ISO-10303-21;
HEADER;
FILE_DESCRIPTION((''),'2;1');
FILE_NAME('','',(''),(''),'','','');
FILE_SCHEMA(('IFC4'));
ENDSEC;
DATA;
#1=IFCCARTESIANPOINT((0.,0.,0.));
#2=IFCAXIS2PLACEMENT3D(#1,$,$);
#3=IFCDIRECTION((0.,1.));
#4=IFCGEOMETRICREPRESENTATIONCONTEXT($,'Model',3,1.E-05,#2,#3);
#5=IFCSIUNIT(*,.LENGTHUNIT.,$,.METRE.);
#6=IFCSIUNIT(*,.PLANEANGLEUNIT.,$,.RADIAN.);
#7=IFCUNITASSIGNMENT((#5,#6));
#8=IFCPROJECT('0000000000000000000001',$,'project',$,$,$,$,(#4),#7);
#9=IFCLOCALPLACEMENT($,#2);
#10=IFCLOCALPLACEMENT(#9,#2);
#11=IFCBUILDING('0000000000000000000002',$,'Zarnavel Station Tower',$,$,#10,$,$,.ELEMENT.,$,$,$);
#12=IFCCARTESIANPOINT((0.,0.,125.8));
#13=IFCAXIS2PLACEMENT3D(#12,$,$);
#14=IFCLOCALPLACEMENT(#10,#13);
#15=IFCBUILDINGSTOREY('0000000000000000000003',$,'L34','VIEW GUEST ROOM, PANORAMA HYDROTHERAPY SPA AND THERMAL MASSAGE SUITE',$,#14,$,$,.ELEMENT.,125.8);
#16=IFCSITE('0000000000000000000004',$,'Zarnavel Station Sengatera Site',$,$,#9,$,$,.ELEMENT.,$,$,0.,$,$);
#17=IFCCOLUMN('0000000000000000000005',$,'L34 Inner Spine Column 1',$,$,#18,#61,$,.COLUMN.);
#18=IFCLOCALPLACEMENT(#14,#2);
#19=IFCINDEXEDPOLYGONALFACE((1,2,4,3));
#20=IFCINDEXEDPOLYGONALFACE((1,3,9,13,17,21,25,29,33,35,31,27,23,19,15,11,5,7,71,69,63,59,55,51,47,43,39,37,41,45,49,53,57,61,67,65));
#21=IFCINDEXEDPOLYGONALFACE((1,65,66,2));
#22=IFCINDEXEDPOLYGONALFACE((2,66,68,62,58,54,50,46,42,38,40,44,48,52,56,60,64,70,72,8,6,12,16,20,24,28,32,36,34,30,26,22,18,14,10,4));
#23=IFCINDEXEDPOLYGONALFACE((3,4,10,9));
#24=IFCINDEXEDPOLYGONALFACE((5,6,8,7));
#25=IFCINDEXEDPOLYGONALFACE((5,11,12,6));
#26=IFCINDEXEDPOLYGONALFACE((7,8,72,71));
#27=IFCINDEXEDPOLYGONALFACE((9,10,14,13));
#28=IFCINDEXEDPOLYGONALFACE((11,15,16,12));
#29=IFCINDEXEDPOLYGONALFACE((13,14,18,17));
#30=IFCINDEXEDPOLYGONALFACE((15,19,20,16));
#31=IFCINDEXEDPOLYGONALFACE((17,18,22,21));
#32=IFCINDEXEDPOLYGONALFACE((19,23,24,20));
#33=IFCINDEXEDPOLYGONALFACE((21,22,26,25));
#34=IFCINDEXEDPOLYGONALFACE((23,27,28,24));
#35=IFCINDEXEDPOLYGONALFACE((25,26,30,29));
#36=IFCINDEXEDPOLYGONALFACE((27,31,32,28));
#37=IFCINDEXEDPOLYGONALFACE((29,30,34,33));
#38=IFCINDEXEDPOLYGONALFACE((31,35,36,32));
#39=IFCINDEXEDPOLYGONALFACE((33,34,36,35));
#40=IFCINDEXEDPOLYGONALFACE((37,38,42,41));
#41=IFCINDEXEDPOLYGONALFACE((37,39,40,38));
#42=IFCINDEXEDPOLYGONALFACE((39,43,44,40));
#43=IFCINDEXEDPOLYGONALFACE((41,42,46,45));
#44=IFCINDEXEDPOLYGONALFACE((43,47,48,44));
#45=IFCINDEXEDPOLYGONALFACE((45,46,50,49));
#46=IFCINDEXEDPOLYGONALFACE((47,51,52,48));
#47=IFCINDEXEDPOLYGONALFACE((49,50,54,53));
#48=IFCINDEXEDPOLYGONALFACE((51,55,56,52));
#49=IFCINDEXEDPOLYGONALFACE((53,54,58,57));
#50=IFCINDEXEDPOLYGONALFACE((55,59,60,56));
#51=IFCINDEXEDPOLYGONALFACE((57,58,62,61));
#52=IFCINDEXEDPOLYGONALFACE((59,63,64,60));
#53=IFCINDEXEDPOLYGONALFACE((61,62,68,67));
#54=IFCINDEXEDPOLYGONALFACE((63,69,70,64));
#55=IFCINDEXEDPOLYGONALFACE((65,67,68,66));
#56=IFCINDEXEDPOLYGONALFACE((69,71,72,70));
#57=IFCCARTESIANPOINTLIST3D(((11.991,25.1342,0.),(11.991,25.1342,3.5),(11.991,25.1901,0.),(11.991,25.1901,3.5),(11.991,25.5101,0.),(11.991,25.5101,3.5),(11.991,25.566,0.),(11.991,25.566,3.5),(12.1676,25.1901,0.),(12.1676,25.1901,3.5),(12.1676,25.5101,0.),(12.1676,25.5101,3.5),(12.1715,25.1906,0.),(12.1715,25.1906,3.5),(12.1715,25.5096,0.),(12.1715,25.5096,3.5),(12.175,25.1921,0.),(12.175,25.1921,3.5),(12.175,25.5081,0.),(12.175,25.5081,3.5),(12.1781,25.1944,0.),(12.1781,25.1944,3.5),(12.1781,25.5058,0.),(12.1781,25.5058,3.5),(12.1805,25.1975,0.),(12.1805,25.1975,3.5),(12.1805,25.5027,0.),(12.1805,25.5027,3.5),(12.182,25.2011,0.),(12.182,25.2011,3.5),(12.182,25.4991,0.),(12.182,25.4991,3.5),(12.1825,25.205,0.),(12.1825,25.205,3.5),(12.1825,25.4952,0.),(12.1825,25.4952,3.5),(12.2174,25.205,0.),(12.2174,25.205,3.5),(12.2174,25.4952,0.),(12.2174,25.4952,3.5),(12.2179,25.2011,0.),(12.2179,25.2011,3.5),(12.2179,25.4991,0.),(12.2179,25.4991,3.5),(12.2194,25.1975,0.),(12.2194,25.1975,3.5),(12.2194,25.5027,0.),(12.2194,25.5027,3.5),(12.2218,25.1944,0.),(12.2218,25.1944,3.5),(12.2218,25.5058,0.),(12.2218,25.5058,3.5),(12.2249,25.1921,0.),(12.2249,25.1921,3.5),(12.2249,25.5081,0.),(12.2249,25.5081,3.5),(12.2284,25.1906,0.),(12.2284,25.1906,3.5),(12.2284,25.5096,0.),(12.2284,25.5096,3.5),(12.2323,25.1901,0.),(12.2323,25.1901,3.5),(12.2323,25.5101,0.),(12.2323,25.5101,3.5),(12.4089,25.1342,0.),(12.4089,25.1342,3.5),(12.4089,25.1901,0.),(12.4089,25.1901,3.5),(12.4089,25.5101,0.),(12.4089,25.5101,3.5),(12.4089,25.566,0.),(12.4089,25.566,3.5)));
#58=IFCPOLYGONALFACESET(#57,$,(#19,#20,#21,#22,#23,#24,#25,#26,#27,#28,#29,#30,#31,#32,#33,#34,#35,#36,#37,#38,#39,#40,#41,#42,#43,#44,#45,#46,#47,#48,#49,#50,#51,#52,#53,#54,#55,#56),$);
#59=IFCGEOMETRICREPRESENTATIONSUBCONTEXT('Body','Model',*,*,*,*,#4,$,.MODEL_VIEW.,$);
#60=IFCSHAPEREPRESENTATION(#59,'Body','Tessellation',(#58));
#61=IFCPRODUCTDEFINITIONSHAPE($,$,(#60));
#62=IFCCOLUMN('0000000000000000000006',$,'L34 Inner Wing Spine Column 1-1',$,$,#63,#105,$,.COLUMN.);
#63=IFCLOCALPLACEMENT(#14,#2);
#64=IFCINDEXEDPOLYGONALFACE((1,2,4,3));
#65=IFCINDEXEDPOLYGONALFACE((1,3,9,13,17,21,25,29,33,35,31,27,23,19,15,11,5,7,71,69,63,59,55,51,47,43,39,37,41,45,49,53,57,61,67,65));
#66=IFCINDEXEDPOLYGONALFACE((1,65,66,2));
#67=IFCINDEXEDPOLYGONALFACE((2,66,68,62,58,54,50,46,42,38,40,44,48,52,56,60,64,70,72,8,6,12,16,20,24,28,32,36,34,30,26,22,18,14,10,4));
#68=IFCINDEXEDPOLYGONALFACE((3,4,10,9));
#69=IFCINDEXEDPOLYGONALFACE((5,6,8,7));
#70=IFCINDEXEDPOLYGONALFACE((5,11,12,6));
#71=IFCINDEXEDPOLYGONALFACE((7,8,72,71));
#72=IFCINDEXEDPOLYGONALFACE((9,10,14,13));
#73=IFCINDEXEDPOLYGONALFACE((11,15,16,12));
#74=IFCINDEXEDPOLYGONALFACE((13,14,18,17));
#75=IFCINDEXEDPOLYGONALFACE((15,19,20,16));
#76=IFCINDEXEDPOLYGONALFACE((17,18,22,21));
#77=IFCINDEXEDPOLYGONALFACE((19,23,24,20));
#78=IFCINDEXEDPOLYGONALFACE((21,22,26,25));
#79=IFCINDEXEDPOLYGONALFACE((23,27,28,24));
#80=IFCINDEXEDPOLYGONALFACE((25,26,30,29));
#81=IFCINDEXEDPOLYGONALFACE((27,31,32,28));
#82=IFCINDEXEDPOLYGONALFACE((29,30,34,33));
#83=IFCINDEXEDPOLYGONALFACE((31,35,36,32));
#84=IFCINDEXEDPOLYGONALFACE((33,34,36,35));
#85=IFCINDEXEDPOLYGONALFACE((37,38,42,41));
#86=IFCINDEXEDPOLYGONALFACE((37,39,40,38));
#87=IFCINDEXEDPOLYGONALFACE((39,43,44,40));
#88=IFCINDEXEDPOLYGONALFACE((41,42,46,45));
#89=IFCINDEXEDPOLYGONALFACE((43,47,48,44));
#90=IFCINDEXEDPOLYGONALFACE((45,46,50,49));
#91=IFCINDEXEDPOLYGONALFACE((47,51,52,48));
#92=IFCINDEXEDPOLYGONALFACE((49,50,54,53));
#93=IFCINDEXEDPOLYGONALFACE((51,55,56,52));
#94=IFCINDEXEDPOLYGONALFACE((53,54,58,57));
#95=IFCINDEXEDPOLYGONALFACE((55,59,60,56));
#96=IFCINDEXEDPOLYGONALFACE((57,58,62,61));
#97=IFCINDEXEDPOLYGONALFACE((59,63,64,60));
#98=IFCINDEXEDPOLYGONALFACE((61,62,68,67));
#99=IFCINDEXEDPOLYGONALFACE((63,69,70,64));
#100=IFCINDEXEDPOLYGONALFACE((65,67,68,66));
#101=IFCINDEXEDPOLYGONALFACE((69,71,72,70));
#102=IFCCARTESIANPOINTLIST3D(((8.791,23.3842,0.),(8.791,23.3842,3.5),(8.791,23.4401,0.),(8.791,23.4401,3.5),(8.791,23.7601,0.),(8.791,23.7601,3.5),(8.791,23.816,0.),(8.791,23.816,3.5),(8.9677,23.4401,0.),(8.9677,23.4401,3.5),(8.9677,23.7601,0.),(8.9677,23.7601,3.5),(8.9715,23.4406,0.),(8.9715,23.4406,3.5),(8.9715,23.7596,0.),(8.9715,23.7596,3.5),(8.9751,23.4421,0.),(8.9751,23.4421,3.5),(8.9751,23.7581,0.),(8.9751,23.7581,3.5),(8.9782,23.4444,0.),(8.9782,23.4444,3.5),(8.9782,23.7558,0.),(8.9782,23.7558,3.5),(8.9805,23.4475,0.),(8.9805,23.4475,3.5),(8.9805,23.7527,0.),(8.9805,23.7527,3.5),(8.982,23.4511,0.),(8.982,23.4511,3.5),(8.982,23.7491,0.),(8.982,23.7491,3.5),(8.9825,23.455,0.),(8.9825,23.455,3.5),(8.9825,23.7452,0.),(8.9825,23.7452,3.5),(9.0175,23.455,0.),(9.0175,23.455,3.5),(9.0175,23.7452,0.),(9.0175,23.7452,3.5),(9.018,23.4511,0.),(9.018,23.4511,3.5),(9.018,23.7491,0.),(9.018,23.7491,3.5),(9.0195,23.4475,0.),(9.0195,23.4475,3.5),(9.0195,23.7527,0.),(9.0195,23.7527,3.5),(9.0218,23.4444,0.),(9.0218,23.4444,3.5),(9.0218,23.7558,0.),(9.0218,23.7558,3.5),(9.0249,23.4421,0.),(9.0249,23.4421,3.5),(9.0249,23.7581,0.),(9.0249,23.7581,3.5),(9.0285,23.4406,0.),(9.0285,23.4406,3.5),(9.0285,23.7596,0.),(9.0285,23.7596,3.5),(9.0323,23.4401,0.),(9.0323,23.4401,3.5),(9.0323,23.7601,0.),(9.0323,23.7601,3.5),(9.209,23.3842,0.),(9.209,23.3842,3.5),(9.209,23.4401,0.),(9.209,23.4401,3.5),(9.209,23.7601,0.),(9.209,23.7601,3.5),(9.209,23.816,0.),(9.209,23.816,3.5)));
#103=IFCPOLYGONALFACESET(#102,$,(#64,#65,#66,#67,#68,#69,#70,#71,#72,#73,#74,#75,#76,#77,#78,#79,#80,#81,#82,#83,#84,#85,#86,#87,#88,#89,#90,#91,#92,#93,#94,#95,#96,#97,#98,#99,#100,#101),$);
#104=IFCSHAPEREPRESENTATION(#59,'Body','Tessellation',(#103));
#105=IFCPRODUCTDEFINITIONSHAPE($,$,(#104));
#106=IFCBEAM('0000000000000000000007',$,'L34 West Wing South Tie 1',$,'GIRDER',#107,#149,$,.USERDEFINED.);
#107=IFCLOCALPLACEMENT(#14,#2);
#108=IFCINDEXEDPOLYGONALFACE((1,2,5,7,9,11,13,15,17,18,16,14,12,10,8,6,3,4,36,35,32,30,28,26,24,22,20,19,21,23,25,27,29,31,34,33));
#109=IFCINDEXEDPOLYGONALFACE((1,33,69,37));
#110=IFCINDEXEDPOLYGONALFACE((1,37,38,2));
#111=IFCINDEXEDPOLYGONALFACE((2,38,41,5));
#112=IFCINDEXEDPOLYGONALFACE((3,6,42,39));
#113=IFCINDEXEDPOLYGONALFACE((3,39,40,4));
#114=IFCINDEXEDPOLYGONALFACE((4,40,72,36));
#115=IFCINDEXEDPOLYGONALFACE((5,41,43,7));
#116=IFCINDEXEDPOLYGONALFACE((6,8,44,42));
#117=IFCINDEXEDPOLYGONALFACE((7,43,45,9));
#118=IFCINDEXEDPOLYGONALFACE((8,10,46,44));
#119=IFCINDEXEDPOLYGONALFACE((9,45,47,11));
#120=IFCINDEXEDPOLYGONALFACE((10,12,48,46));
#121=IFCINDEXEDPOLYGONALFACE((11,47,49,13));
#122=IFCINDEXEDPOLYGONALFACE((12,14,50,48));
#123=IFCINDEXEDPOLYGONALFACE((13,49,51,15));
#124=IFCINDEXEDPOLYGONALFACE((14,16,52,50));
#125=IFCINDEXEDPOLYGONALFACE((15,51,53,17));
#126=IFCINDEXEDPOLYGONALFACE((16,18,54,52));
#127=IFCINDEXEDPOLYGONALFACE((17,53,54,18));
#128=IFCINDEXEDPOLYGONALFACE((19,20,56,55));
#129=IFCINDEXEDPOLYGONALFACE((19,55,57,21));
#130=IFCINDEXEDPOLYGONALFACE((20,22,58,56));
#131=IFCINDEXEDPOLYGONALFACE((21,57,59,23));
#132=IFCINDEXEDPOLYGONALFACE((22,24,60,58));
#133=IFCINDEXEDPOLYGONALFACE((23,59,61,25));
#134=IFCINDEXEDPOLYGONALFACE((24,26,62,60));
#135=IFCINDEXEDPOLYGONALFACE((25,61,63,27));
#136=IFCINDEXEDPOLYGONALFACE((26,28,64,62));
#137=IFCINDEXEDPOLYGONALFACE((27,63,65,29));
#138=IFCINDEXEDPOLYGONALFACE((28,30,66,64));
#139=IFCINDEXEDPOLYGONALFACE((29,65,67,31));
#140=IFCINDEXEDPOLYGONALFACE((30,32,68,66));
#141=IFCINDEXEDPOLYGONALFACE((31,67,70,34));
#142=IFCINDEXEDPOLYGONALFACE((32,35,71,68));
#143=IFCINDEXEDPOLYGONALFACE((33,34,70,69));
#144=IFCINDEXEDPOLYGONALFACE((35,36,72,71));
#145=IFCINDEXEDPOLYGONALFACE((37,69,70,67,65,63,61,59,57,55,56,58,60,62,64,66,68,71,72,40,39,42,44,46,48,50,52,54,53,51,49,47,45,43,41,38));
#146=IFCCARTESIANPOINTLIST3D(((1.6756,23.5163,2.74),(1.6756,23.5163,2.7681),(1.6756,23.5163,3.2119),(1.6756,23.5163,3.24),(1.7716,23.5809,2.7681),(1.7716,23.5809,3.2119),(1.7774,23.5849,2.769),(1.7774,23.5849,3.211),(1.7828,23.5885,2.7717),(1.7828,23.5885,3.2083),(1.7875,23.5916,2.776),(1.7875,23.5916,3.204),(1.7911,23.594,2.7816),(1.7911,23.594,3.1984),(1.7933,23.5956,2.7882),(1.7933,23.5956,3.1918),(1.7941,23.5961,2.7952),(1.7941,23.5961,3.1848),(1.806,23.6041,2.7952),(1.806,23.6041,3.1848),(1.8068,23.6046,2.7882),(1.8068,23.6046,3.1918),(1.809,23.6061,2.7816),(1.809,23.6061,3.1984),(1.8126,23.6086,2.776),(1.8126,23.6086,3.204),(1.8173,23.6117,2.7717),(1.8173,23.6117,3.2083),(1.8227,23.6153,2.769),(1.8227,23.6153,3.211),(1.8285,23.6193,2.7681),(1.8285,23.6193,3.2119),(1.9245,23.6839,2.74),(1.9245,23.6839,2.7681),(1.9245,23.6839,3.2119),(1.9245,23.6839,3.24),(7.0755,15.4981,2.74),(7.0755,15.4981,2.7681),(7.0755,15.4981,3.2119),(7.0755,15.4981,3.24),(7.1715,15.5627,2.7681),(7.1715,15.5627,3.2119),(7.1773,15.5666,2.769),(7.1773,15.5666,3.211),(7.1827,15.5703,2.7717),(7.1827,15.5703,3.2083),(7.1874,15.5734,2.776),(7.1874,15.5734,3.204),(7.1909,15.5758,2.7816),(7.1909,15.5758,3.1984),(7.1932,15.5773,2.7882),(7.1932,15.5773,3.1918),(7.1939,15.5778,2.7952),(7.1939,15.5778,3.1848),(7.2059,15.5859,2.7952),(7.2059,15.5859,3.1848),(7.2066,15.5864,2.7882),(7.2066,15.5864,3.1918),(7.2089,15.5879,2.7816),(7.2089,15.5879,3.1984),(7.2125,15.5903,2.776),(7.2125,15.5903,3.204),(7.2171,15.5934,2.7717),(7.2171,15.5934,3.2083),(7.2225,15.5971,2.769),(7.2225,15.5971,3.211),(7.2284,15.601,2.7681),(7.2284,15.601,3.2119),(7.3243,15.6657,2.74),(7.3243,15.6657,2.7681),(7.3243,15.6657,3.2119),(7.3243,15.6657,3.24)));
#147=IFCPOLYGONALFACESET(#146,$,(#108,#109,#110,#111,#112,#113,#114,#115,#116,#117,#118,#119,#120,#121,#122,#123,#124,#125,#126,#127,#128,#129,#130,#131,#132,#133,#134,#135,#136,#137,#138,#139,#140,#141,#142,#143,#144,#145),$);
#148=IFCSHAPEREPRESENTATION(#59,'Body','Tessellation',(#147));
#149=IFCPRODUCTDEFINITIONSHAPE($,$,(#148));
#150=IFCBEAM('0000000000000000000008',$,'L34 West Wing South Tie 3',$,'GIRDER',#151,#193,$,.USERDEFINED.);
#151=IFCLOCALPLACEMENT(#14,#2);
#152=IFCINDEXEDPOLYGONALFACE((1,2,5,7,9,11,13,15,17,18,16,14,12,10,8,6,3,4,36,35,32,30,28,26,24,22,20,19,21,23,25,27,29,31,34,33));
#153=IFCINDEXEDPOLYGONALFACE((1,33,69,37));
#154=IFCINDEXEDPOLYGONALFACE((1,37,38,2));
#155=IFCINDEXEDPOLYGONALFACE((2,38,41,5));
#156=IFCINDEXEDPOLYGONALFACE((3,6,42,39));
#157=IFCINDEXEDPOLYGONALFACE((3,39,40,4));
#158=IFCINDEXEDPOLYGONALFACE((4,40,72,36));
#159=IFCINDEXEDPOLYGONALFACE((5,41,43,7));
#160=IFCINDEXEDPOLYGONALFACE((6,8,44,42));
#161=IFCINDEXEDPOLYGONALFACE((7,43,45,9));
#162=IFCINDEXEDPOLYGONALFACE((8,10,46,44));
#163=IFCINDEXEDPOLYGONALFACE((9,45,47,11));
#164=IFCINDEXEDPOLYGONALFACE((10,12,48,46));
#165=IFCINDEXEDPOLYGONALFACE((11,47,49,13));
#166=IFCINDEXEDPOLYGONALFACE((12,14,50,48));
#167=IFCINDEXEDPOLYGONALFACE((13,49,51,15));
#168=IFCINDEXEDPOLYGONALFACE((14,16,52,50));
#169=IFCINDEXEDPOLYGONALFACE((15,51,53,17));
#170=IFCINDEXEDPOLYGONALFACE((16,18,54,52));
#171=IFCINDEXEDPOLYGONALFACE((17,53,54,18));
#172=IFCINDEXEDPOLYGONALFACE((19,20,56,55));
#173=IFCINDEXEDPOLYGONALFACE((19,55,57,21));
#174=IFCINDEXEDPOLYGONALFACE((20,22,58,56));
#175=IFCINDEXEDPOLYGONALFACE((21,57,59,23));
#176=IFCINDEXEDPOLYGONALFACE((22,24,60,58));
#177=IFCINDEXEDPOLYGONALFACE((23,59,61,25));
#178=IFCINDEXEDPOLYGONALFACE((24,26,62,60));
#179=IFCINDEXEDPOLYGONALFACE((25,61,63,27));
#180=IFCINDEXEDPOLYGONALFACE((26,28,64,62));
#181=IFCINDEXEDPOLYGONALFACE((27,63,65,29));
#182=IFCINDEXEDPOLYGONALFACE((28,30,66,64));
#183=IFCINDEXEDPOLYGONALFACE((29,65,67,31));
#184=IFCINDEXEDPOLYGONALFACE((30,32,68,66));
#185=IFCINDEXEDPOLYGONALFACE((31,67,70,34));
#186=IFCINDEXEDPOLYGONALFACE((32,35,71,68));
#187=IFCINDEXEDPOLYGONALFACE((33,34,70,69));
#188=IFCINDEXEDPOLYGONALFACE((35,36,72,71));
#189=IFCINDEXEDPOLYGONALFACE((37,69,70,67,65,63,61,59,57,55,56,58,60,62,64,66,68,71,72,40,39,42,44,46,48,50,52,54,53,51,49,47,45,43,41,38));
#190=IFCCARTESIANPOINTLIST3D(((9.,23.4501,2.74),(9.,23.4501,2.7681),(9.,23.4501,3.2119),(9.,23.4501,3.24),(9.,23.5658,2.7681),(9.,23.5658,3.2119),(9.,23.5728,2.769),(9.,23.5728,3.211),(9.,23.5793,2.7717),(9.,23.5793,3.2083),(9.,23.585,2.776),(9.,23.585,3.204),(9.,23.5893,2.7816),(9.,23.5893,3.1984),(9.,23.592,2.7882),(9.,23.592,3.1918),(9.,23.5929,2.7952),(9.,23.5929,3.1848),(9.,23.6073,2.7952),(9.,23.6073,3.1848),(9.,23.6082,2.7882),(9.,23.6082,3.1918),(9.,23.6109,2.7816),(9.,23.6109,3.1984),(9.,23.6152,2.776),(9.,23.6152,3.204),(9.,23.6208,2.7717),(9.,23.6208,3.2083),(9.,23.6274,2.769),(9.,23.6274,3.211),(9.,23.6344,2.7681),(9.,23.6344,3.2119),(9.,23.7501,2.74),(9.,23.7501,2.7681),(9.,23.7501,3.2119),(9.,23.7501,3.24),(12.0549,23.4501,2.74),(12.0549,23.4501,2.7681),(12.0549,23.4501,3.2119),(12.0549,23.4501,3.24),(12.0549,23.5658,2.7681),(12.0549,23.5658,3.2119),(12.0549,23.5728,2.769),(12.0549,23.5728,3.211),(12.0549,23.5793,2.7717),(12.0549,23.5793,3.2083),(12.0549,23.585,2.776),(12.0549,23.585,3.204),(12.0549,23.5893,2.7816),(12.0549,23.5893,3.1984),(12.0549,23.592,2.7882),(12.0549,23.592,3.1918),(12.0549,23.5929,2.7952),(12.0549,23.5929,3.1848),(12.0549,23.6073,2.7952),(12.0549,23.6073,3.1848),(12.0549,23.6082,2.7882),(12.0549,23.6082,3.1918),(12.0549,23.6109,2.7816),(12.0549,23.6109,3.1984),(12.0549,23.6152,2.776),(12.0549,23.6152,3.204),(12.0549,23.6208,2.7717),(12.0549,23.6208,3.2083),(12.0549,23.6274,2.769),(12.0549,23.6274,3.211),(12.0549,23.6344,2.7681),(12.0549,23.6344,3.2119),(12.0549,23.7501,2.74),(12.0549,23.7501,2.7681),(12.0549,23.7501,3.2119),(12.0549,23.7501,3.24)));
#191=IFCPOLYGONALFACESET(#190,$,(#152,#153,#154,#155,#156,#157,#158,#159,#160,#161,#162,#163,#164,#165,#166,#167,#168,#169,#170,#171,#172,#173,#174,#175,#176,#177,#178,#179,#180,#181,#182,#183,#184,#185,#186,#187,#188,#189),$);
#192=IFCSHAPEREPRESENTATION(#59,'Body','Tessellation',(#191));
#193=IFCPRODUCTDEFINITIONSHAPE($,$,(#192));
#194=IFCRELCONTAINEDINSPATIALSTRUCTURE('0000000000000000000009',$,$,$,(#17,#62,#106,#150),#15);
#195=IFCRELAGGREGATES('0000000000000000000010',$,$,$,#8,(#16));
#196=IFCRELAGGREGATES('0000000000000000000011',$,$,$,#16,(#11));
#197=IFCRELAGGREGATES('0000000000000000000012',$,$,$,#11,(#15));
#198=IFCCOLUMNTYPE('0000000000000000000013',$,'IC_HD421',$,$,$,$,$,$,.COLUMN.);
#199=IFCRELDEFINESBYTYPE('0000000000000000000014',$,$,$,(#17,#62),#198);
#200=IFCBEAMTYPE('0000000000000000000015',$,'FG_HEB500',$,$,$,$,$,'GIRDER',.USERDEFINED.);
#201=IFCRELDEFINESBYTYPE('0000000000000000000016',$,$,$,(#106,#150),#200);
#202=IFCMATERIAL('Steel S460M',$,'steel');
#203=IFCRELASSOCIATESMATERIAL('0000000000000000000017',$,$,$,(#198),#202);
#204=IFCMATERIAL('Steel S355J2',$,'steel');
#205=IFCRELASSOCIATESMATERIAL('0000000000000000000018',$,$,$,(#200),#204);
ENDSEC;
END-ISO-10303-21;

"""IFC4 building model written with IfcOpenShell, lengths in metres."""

from ifc_helpers import new_model, si_unit, direction, frame, origin, origin_2d, place, context, subcontext, project, spatial, i_section, extrude, material, material_profile, profile_set, type_object, element, save


model = new_model("IFC4")

# Units and contexts
model_context = context("Model", 3, precision=1e-05, world=origin(), true_north=direction((0.0, 1.0)))
body_context = subcontext(model_context, "Body", "Model", "MODEL_VIEW")
ifc_project = project(units=[si_unit("LENGTHUNIT", "METRE"), si_unit("PLANEANGLEUNIT", "RADIAN")], contexts=[model_context])

# Site, building, storey
site_placement = place(None, origin())
site = spatial("IfcSite", under=ifc_project, at=site_placement, Name="Zarnavel Station Sengatera Site", CompositionType="ELEMENT", RefElevation=0.0)
building_placement = place(site_placement, origin())
building = spatial("IfcBuilding", under=site, at=building_placement, Name="Zarnavel Station Tower", CompositionType="ELEMENT")
storey_placement = place(building_placement, frame((0.0, 0.0, 125.8)))
storey = spatial("IfcBuildingStorey", under=building, at=storey_placement, Name="L34", Description="VIEW GUEST ROOM, PANORAMA HYDROTHERAPY SPA AND THERMAL MASSAGE SUITE", CompositionType="ELEMENT", Elevation=125.8)

# Columns
ifc_material_1 = material(Name="Steel S460M", Category="steel")
ifc_material_profile_1 = material_profile(ifc_material_1, i_section(OverallWidth=0.418, OverallDepth=0.4319, WebThickness=0.0349, FlangeThickness=0.0559, FilletRadius=0.0149, at=origin_2d()), Name="HD400x421")
ifc_profile_set_1 = profile_set([ifc_material_profile_1], Name="Steel S460M")
column_type = type_object("IfcColumnType", Name="IC_HD421", PredefinedType="COLUMN", material=ifc_profile_set_1)
for number, where, z_axis, x_axis, name in (
    (1, (12.2, 25.3501, 0.0), (0.0, 0.0, 1.0), (1.0, 0.0, 0.0), "L34 Inner Spine Column 1"),
    (2, (9.0, 23.6001, 0.0), (0.0, 0.0, 1.0), (1.0, 0.0, 0.0), "L34 Inner Wing Spine Column 1-1"),
):
    element("IfcColumn", number, at=place(storey_placement, frame(where, z_axis=z_axis, x_axis=x_axis)), inside=storey, type_object=column_type, Name=name, PredefinedType="COLUMN", context=body_context, shape_type="SweptSolid", body=[
        extrude(i_section(OverallWidth=0.418, OverallDepth=0.4319, WebThickness=0.0349, FlangeThickness=0.0559, FilletRadius=0.0149, at=origin_2d()), origin(), (0.0, 0.0, 1.0), 3.5),
    ])

# Beams
ifc_material_2 = material(Name="Steel S355J2", Category="steel")
ifc_material_profile_2 = material_profile(ifc_material_2, i_section(OverallWidth=0.3, OverallDepth=0.5, WebThickness=0.0144, FlangeThickness=0.0281, FilletRadius=0.0271, at=origin_2d()), Name="HEB500")
ifc_profile_set_2 = profile_set([ifc_material_profile_2], Name="Steel S355J2")
beam_type_1 = type_object("IfcBeamType", Name="FG_HEB500", ElementType="GIRDER", PredefinedType="USERDEFINED", material=ifc_profile_set_2)
beam_1_placement = place(storey_placement, frame((1.8, 23.6001, 2.99), z_axis=(0.558587, -0.829446, 0.0), x_axis=(0.829446, 0.558587, 0.0)))
element("IfcBeam", 3, at=beam_1_placement, inside=storey, type_object=beam_type_1, Name="L34 West Wing South Tie 1", ObjectType="GIRDER", PredefinedType="USERDEFINED", context=body_context, shape_type="SweptSolid", body=[
    extrude(i_section(OverallWidth=0.3, OverallDepth=0.5, WebThickness=0.0144, FlangeThickness=0.0281, FilletRadius=0.0271, at=origin_2d()), origin(), (0.0, 0.0, 1.0), 9.667),
])
beam_2_placement = place(storey_placement, frame((9.0, 23.6001, 2.99), z_axis=(1.0, 0.0, 0.0), x_axis=(0.0, 1.0, 0.0)))
element("IfcBeam", 4, at=beam_2_placement, inside=storey, type_object=beam_type_1, Name="L34 West Wing South Tie 3", ObjectType="GIRDER", PredefinedType="USERDEFINED", context=body_context, shape_type="SweptSolid", body=[
    extrude(i_section(OverallWidth=0.3, OverallDepth=0.5, WebThickness=0.0144, FlangeThickness=0.0281, FilletRadius=0.0271, at=origin_2d()), origin(), (0.0, 0.0, 1.0), 3.0549),
])

save(model, "model.ifc")
